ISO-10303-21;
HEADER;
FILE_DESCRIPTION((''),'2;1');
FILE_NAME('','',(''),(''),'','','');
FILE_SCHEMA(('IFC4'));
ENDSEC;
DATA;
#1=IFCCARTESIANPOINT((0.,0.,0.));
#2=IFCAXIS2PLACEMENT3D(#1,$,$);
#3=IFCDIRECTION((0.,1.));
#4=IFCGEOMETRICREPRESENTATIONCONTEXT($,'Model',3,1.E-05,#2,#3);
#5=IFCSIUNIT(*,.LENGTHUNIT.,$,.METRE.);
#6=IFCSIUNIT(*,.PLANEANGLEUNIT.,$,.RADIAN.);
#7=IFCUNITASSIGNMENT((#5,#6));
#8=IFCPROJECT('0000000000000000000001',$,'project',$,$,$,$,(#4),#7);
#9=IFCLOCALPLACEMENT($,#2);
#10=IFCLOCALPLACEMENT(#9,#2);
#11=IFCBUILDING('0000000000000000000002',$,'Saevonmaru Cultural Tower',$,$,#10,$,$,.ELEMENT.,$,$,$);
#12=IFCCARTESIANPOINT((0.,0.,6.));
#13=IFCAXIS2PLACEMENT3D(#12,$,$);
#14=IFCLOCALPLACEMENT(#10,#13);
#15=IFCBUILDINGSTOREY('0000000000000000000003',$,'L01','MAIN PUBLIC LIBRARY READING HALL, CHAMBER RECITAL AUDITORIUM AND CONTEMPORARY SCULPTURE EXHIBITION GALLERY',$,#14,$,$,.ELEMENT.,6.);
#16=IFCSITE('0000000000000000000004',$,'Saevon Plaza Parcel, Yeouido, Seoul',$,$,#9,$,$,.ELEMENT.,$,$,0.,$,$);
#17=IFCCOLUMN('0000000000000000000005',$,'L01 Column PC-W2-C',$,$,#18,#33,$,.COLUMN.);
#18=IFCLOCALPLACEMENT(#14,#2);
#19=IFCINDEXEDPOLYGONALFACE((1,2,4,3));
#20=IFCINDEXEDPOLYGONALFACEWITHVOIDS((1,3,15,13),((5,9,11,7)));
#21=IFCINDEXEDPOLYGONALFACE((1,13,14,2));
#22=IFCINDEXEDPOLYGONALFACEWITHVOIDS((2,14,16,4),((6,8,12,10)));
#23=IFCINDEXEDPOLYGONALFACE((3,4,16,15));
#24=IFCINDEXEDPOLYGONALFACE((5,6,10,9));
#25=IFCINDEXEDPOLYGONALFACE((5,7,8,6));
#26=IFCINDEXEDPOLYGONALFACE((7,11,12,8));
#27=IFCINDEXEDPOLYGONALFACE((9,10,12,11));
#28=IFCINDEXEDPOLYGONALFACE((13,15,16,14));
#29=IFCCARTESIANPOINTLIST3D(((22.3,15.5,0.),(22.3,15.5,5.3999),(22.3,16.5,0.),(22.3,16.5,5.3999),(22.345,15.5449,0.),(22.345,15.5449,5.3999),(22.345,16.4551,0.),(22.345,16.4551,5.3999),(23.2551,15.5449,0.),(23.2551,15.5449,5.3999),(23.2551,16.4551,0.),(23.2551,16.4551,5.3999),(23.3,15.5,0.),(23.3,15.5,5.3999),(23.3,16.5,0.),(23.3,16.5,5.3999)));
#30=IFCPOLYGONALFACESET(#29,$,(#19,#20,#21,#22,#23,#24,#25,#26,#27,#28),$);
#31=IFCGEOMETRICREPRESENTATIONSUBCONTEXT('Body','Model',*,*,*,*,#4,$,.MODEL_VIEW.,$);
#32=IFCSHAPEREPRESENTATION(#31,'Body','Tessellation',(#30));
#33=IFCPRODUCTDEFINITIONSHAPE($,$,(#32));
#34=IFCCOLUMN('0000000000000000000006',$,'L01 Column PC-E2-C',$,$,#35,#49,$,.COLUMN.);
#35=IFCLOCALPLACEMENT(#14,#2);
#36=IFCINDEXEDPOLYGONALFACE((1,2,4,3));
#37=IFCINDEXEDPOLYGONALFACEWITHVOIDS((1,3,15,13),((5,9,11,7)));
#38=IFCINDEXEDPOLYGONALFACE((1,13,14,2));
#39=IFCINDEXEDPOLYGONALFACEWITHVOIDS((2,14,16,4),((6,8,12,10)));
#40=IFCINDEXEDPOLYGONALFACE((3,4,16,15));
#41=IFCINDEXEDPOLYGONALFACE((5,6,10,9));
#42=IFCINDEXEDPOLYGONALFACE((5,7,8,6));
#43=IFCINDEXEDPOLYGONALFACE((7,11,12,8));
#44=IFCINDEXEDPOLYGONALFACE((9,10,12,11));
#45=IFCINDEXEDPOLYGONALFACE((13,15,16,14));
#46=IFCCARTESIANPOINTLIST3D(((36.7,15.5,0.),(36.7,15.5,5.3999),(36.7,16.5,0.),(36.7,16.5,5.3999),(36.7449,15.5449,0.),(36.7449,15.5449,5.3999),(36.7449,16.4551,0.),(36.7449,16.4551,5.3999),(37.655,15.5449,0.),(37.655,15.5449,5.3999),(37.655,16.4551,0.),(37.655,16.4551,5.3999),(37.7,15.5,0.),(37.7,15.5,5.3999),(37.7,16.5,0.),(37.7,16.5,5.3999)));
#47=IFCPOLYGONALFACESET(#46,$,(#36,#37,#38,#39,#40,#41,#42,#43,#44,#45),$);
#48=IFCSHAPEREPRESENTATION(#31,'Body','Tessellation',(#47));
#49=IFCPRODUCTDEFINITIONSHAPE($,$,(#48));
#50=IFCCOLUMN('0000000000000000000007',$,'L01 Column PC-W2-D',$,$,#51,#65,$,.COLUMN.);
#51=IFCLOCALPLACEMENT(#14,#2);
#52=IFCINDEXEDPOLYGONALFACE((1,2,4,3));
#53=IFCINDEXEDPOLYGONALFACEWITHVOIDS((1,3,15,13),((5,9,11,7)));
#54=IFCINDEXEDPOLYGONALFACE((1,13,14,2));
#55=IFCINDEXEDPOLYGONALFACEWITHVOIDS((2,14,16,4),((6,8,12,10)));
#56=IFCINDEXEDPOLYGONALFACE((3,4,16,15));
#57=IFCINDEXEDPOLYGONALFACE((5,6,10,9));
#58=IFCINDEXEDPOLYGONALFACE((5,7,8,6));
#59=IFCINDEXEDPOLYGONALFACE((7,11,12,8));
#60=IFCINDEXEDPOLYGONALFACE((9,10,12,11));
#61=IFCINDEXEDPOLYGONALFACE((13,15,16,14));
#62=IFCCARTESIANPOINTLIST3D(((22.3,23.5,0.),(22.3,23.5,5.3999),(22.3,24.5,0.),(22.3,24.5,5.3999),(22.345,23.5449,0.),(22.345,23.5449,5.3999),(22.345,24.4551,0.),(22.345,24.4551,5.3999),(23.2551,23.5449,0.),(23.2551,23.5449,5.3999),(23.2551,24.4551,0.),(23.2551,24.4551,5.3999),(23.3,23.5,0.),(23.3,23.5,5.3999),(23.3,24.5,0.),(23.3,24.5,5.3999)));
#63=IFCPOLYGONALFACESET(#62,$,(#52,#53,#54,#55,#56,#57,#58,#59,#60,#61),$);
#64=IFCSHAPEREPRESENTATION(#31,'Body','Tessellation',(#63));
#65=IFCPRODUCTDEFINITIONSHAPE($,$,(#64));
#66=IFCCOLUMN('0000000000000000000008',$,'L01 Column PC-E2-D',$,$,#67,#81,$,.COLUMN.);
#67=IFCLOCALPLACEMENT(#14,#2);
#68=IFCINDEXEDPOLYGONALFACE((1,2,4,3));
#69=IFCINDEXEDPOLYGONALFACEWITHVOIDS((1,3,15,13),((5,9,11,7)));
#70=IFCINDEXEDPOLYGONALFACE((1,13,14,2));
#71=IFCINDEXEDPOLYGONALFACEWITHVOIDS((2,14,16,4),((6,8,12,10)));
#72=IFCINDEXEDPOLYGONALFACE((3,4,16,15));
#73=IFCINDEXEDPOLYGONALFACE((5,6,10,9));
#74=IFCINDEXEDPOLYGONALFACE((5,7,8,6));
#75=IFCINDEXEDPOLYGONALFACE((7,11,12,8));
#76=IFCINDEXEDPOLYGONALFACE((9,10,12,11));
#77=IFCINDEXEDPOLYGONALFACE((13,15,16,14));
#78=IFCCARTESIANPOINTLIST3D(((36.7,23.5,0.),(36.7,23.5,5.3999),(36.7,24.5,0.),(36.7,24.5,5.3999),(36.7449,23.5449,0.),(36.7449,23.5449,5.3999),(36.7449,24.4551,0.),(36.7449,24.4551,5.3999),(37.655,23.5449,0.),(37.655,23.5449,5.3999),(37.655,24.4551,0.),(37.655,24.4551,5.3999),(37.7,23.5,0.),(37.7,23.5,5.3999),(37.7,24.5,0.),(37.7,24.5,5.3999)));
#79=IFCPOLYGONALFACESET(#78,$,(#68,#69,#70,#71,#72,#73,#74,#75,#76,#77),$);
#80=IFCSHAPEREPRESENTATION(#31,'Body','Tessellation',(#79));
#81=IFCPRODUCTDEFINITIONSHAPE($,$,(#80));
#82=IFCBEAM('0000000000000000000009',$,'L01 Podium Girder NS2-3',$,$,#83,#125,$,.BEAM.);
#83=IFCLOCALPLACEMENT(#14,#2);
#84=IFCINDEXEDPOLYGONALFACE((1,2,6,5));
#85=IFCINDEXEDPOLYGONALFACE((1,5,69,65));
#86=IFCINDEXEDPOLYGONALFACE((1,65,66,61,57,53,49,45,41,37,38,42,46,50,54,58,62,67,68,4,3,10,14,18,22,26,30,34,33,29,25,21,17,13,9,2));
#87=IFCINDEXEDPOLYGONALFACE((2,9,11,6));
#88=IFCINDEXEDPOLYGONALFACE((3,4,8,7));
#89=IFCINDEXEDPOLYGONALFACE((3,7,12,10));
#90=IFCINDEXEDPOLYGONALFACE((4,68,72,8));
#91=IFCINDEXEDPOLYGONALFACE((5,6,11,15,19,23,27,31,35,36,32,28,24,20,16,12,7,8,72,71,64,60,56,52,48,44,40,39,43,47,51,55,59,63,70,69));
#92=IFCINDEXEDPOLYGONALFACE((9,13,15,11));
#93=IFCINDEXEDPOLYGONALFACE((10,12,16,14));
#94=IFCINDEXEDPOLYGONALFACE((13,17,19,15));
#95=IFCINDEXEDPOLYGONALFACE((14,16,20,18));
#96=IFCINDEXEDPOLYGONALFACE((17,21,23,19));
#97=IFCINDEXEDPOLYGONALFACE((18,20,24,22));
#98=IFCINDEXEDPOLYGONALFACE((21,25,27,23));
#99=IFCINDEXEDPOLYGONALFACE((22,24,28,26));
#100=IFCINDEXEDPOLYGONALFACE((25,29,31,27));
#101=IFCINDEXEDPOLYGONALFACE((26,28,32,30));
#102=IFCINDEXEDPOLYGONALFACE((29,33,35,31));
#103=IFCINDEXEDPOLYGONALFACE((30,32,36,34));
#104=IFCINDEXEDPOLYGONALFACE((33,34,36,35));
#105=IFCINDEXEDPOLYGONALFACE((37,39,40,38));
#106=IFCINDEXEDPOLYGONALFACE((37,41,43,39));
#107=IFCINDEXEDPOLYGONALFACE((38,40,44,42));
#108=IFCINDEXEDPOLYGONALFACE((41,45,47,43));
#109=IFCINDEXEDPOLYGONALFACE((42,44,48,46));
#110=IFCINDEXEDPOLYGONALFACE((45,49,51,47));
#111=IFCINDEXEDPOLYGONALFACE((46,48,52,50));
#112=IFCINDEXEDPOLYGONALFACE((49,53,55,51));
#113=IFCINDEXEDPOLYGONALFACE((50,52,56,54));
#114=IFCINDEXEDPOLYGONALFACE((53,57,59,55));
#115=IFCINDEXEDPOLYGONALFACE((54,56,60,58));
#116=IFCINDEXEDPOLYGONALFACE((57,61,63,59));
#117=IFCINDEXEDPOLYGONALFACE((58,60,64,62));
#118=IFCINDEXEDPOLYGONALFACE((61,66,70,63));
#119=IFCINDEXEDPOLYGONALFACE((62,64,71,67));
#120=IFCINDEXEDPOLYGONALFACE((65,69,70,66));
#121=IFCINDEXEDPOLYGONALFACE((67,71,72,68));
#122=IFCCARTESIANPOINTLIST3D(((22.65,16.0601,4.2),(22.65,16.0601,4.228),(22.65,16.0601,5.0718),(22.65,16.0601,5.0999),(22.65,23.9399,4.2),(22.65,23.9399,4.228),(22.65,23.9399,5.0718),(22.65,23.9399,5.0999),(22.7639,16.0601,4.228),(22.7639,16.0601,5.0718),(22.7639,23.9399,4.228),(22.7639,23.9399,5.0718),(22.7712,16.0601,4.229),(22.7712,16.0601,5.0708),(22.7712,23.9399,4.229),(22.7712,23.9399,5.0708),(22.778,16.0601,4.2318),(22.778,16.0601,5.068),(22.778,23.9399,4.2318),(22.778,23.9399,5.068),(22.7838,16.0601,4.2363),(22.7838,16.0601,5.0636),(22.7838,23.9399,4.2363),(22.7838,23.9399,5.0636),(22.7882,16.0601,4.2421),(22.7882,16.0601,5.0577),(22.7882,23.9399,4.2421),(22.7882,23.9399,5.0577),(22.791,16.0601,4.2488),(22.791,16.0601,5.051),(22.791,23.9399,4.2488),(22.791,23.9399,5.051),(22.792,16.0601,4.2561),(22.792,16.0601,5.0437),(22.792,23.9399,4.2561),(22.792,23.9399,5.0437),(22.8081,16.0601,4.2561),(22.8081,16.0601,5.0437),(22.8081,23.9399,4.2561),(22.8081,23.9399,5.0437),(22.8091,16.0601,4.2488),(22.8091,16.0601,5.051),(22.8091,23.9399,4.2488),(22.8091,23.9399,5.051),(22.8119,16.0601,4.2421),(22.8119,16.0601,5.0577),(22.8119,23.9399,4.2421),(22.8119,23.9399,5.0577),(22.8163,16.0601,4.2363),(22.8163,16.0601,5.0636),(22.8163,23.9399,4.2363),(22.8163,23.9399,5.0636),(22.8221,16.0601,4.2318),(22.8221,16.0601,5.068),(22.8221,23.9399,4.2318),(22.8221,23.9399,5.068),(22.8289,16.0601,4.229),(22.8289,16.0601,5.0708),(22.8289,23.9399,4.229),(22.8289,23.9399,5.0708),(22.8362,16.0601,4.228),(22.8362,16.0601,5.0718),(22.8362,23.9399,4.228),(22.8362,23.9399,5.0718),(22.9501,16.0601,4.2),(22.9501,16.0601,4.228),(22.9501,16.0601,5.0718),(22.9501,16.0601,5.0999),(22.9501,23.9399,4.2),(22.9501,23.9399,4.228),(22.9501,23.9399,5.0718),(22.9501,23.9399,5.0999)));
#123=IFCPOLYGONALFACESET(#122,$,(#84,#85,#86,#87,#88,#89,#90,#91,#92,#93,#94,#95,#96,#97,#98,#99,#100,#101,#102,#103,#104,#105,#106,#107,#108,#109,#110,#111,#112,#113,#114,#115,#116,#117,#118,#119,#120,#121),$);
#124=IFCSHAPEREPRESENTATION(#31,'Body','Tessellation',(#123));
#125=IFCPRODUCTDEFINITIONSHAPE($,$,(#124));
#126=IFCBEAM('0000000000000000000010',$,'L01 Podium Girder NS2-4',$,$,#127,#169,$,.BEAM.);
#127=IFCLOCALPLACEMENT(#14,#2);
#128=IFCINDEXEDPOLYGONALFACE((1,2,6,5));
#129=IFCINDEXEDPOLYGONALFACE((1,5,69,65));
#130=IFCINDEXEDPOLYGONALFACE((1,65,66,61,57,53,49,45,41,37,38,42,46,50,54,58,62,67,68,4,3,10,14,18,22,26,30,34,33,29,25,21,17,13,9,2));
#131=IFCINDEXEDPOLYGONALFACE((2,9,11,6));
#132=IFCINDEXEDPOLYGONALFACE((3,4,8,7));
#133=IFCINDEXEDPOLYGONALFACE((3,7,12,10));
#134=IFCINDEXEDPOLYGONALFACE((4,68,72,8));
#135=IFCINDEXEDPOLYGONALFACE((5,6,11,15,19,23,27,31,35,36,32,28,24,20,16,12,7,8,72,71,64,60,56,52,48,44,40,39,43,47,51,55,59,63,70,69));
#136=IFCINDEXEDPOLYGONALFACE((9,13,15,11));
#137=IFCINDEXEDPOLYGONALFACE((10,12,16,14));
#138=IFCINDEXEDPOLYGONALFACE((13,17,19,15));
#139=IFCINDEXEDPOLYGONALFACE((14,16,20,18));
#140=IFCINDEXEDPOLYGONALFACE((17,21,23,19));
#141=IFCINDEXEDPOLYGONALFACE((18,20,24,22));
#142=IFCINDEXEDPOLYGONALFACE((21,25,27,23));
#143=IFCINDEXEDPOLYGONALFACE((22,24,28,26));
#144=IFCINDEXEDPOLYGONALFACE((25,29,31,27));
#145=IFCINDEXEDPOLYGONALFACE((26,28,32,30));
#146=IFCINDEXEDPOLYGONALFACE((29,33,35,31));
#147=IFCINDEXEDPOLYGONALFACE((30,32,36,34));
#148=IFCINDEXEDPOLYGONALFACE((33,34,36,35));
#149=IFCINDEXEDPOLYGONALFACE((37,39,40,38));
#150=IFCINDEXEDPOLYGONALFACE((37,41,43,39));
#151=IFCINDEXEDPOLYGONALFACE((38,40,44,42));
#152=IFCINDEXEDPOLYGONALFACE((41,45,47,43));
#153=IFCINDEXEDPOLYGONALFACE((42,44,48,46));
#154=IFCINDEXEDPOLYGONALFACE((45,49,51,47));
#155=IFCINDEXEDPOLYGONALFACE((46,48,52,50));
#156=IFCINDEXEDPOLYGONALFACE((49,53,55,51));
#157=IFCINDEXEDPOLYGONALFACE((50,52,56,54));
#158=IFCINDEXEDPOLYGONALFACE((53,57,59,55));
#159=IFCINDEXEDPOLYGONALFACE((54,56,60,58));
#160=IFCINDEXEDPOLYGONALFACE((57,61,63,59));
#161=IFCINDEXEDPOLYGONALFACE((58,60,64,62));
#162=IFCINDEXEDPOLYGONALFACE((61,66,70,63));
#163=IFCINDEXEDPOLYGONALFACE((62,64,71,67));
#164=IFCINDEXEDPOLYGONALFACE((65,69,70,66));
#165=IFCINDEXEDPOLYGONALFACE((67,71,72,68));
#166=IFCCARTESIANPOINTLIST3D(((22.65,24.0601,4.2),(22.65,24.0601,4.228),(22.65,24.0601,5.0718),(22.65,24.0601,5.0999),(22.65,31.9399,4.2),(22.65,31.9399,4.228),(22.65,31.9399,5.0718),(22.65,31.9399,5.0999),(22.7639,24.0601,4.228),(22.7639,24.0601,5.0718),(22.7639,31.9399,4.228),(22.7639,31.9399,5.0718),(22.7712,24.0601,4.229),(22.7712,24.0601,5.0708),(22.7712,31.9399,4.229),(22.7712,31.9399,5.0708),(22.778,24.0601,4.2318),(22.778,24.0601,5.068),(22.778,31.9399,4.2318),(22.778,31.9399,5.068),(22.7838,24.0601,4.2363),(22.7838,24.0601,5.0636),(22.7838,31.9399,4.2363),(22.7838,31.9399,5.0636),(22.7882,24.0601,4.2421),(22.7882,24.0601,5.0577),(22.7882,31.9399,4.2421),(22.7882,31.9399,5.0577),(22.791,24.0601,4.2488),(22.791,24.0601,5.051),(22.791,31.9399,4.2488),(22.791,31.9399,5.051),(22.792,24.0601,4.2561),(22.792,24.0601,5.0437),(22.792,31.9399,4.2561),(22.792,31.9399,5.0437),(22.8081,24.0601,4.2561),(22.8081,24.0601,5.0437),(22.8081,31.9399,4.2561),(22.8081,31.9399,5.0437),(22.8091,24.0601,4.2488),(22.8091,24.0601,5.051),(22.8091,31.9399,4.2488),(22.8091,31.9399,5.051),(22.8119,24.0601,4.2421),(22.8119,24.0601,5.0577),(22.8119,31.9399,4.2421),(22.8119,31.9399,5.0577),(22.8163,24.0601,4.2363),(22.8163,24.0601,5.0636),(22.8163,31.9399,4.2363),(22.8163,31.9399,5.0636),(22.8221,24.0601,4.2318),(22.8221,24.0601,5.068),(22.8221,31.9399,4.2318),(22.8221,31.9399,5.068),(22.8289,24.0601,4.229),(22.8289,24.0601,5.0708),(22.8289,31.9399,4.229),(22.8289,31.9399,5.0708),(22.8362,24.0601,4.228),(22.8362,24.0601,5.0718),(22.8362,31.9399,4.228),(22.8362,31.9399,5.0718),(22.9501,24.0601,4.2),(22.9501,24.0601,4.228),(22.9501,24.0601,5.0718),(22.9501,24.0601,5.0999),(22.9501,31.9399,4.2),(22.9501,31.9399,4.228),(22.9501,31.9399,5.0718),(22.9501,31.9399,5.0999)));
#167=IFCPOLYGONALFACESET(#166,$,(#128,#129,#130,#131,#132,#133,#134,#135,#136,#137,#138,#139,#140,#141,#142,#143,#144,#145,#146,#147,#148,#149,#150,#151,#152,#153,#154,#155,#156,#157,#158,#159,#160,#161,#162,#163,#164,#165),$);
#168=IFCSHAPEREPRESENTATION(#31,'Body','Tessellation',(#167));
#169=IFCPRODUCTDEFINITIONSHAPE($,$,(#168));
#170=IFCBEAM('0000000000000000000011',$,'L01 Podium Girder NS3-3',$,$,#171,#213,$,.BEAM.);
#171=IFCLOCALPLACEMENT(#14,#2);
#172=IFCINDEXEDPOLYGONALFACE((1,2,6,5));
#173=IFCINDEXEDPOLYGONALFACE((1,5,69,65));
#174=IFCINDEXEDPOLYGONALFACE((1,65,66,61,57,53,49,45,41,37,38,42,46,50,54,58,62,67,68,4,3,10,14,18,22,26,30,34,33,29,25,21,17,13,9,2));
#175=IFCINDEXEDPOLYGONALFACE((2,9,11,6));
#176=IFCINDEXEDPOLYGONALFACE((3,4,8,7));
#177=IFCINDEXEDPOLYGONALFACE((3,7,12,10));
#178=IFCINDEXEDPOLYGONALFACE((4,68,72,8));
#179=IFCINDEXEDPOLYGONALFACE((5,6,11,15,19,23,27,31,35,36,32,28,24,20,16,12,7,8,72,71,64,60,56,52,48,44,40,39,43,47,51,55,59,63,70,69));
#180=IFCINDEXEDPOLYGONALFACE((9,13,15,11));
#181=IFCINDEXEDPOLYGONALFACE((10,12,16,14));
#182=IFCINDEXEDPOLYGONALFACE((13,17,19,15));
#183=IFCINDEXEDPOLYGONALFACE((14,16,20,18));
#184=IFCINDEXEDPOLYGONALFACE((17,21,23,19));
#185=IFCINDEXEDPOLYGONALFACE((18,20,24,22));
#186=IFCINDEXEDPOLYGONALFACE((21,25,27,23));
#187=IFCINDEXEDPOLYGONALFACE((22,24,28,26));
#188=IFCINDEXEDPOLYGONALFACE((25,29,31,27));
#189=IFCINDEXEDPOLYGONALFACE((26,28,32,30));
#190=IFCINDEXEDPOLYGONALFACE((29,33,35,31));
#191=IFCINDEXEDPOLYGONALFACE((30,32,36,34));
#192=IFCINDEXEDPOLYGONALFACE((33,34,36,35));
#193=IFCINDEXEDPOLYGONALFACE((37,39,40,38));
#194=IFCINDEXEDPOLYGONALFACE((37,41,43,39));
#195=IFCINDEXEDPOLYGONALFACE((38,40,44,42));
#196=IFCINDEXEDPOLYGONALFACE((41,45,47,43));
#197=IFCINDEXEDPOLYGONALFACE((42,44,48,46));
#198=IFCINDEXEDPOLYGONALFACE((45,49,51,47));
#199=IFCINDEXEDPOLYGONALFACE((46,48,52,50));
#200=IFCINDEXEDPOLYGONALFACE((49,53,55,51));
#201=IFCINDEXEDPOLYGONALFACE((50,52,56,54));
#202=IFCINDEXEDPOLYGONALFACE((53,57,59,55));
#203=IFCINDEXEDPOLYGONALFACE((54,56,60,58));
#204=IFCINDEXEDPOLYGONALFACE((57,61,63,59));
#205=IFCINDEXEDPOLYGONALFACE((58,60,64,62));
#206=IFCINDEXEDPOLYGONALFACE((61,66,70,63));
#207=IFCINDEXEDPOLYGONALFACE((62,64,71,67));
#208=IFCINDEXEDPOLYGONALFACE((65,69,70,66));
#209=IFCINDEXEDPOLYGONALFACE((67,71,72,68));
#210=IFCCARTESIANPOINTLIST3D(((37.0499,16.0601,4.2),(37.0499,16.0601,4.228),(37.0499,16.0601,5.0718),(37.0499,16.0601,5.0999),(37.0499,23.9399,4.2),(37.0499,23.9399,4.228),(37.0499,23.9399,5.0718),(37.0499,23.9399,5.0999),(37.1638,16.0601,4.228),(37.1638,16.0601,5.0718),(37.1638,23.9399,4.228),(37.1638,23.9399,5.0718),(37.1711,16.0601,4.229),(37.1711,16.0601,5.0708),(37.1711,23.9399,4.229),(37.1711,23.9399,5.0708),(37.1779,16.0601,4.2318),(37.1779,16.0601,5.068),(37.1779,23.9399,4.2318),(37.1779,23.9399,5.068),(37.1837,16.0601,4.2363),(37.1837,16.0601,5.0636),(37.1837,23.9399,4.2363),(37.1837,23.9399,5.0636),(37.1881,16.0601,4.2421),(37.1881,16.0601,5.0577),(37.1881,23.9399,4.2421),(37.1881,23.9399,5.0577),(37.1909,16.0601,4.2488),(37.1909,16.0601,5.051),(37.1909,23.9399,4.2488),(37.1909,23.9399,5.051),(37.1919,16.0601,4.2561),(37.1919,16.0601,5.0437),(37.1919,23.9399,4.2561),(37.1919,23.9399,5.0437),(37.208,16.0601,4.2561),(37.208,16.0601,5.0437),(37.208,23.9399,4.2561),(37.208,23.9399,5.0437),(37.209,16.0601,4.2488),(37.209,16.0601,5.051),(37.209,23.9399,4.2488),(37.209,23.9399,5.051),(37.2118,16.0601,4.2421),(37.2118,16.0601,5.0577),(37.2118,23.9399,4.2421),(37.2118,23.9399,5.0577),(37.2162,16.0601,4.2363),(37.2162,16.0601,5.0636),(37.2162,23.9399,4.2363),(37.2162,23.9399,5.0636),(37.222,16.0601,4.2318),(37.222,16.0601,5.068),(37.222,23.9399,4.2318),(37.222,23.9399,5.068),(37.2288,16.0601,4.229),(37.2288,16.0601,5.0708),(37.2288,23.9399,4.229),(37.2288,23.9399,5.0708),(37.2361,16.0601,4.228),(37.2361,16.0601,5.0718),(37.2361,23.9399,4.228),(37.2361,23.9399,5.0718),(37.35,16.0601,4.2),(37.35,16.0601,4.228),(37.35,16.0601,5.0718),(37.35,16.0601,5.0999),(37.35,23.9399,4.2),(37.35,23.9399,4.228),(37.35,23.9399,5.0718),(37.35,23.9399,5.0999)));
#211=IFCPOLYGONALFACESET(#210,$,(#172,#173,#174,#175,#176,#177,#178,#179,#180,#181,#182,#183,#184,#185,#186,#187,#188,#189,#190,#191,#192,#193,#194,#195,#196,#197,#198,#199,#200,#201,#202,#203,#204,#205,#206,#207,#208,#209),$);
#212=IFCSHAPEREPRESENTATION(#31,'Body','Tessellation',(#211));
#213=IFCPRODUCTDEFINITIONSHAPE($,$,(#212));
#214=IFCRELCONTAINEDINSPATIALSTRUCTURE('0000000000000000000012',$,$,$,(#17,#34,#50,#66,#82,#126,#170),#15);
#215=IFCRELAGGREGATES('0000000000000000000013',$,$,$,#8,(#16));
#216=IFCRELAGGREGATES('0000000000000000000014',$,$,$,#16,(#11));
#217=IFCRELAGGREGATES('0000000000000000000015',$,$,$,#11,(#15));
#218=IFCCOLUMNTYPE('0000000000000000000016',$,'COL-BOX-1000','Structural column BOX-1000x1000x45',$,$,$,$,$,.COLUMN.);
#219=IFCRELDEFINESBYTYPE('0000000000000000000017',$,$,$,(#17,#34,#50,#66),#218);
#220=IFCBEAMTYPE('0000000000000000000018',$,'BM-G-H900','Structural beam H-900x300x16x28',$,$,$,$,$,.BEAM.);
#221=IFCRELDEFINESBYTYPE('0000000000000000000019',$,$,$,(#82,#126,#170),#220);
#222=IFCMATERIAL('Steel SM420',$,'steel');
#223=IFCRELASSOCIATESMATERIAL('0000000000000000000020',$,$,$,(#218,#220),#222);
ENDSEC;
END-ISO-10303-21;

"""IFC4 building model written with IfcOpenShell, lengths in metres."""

from ifc_helpers import new_model, si_unit, direction, frame, origin, origin_2d, place, context, subcontext, project, spatial, hollow_rectangle, i_section, extrude, material, material_profile, profile_set, type_object, element, save


model = new_model("IFC4")

# Units and contexts
model_context = context("Model", 3, precision=1e-05, world=origin(), true_north=direction((0.0, 1.0)))
body_context = subcontext(model_context, "Body", "Model", "MODEL_VIEW")
ifc_project = project(units=[si_unit("LENGTHUNIT", "METRE"), si_unit("PLANEANGLEUNIT", "RADIAN")], contexts=[model_context])

# Site, building, storey
site_placement = place(None, origin())
site = spatial("IfcSite", under=ifc_project, at=site_placement, Name="Saevon Plaza Parcel, Yeouido, Seoul", CompositionType="ELEMENT", RefElevation=0.0)
building_placement = place(site_placement, origin())
building = spatial("IfcBuilding", under=site, at=building_placement, Name="Saevonmaru Cultural Tower", CompositionType="ELEMENT")
storey_placement = place(building_placement, frame((0.0, 0.0, 6.0)))
storey = spatial("IfcBuildingStorey", under=building, at=storey_placement, Name="L01", Description="MAIN PUBLIC LIBRARY READING HALL, CHAMBER RECITAL AUDITORIUM AND CONTEMPORARY SCULPTURE EXHIBITION GALLERY", CompositionType="ELEMENT", Elevation=6.0)

# Columns
ifc_material_1 = material(Name="Steel SM420", Category="steel")
ifc_material_profile_1 = material_profile(ifc_material_1, hollow_rectangle(XDim=1.0, YDim=1.0, WallThickness=0.0449, at=origin_2d()), Name="BOX-1000x1000x45")
ifc_profile_set_1 = profile_set([ifc_material_profile_1], Name="Steel SM420")
column_type = type_object("IfcColumnType", Name="COL-BOX-1000", Description="Structural column BOX-1000x1000x45", PredefinedType="COLUMN", material=ifc_profile_set_1)
for number, where, z_axis, x_axis, name in (
    (1, (22.8, 16.0, 0.0), (0.0, 0.0, 1.0), (1.0, 0.0, 0.0), "L01 Column PC-W2-C"),
    (2, (37.2, 16.0, 0.0), (0.0, 0.0, 1.0), (1.0, 0.0, 0.0), "L01 Column PC-E2-C"),
    (3, (22.8, 24.0, 0.0), (0.0, 0.0, 1.0), (1.0, 0.0, 0.0), "L01 Column PC-W2-D"),
    (4, (37.2, 24.0, 0.0), (0.0, 0.0, 1.0), (1.0, 0.0, 0.0), "L01 Column PC-E2-D"),
):
    element("IfcColumn", number, at=place(storey_placement, frame(where, z_axis=z_axis, x_axis=x_axis)), inside=storey, type_object=column_type, Name=name, PredefinedType="COLUMN", context=body_context, shape_type="SweptSolid", body=[
        extrude(hollow_rectangle(XDim=1.0, YDim=1.0, WallThickness=0.0449, at=origin_2d()), origin(), (0.0, 0.0, 1.0), 5.3999),
    ])

# Beams
ifc_material_profile_2 = material_profile(ifc_material_1, i_section(OverallWidth=0.3, OverallDepth=0.8999, WebThickness=0.0161, FlangeThickness=0.0281, FilletRadius=0.0281, at=origin_2d()), Name="H-900x300x16x28")
ifc_profile_set_2 = profile_set([ifc_material_profile_2], Name="Steel SM420")
beam_type_1 = type_object("IfcBeamType", Name="BM-G-H900", Description="Structural beam H-900x300x16x28", PredefinedType="BEAM", material=ifc_profile_set_2)
for number, where, z_axis, x_axis, name in (
    (5, (22.8, 16.0601, 4.6499), (0.0, 1.0, 0.0), (-1.0, 0.0, 0.0), "L01 Podium Girder NS2-3"),
    (6, (22.8, 24.0601, 4.6499), (0.0, 1.0, 0.0), (-1.0, 0.0, 0.0), "L01 Podium Girder NS2-4"),
    (7, (37.2, 16.0601, 4.6499), (0.0, 1.0, 0.0), (-1.0, 0.0, 0.0), "L01 Podium Girder NS3-3"),
):
    element("IfcBeam", number, at=place(storey_placement, frame(where, z_axis=z_axis, x_axis=x_axis)), inside=storey, type_object=beam_type_1, Name=name, PredefinedType="BEAM", context=body_context, shape_type="SweptSolid", body=[
        extrude(i_section(OverallWidth=0.3, OverallDepth=0.8999, WebThickness=0.0161, FlangeThickness=0.0281, FilletRadius=0.0281, at=origin_2d()), origin(), (0.0, 0.0, 1.0), 7.8799),
    ])

save(model, "model.ifc")
